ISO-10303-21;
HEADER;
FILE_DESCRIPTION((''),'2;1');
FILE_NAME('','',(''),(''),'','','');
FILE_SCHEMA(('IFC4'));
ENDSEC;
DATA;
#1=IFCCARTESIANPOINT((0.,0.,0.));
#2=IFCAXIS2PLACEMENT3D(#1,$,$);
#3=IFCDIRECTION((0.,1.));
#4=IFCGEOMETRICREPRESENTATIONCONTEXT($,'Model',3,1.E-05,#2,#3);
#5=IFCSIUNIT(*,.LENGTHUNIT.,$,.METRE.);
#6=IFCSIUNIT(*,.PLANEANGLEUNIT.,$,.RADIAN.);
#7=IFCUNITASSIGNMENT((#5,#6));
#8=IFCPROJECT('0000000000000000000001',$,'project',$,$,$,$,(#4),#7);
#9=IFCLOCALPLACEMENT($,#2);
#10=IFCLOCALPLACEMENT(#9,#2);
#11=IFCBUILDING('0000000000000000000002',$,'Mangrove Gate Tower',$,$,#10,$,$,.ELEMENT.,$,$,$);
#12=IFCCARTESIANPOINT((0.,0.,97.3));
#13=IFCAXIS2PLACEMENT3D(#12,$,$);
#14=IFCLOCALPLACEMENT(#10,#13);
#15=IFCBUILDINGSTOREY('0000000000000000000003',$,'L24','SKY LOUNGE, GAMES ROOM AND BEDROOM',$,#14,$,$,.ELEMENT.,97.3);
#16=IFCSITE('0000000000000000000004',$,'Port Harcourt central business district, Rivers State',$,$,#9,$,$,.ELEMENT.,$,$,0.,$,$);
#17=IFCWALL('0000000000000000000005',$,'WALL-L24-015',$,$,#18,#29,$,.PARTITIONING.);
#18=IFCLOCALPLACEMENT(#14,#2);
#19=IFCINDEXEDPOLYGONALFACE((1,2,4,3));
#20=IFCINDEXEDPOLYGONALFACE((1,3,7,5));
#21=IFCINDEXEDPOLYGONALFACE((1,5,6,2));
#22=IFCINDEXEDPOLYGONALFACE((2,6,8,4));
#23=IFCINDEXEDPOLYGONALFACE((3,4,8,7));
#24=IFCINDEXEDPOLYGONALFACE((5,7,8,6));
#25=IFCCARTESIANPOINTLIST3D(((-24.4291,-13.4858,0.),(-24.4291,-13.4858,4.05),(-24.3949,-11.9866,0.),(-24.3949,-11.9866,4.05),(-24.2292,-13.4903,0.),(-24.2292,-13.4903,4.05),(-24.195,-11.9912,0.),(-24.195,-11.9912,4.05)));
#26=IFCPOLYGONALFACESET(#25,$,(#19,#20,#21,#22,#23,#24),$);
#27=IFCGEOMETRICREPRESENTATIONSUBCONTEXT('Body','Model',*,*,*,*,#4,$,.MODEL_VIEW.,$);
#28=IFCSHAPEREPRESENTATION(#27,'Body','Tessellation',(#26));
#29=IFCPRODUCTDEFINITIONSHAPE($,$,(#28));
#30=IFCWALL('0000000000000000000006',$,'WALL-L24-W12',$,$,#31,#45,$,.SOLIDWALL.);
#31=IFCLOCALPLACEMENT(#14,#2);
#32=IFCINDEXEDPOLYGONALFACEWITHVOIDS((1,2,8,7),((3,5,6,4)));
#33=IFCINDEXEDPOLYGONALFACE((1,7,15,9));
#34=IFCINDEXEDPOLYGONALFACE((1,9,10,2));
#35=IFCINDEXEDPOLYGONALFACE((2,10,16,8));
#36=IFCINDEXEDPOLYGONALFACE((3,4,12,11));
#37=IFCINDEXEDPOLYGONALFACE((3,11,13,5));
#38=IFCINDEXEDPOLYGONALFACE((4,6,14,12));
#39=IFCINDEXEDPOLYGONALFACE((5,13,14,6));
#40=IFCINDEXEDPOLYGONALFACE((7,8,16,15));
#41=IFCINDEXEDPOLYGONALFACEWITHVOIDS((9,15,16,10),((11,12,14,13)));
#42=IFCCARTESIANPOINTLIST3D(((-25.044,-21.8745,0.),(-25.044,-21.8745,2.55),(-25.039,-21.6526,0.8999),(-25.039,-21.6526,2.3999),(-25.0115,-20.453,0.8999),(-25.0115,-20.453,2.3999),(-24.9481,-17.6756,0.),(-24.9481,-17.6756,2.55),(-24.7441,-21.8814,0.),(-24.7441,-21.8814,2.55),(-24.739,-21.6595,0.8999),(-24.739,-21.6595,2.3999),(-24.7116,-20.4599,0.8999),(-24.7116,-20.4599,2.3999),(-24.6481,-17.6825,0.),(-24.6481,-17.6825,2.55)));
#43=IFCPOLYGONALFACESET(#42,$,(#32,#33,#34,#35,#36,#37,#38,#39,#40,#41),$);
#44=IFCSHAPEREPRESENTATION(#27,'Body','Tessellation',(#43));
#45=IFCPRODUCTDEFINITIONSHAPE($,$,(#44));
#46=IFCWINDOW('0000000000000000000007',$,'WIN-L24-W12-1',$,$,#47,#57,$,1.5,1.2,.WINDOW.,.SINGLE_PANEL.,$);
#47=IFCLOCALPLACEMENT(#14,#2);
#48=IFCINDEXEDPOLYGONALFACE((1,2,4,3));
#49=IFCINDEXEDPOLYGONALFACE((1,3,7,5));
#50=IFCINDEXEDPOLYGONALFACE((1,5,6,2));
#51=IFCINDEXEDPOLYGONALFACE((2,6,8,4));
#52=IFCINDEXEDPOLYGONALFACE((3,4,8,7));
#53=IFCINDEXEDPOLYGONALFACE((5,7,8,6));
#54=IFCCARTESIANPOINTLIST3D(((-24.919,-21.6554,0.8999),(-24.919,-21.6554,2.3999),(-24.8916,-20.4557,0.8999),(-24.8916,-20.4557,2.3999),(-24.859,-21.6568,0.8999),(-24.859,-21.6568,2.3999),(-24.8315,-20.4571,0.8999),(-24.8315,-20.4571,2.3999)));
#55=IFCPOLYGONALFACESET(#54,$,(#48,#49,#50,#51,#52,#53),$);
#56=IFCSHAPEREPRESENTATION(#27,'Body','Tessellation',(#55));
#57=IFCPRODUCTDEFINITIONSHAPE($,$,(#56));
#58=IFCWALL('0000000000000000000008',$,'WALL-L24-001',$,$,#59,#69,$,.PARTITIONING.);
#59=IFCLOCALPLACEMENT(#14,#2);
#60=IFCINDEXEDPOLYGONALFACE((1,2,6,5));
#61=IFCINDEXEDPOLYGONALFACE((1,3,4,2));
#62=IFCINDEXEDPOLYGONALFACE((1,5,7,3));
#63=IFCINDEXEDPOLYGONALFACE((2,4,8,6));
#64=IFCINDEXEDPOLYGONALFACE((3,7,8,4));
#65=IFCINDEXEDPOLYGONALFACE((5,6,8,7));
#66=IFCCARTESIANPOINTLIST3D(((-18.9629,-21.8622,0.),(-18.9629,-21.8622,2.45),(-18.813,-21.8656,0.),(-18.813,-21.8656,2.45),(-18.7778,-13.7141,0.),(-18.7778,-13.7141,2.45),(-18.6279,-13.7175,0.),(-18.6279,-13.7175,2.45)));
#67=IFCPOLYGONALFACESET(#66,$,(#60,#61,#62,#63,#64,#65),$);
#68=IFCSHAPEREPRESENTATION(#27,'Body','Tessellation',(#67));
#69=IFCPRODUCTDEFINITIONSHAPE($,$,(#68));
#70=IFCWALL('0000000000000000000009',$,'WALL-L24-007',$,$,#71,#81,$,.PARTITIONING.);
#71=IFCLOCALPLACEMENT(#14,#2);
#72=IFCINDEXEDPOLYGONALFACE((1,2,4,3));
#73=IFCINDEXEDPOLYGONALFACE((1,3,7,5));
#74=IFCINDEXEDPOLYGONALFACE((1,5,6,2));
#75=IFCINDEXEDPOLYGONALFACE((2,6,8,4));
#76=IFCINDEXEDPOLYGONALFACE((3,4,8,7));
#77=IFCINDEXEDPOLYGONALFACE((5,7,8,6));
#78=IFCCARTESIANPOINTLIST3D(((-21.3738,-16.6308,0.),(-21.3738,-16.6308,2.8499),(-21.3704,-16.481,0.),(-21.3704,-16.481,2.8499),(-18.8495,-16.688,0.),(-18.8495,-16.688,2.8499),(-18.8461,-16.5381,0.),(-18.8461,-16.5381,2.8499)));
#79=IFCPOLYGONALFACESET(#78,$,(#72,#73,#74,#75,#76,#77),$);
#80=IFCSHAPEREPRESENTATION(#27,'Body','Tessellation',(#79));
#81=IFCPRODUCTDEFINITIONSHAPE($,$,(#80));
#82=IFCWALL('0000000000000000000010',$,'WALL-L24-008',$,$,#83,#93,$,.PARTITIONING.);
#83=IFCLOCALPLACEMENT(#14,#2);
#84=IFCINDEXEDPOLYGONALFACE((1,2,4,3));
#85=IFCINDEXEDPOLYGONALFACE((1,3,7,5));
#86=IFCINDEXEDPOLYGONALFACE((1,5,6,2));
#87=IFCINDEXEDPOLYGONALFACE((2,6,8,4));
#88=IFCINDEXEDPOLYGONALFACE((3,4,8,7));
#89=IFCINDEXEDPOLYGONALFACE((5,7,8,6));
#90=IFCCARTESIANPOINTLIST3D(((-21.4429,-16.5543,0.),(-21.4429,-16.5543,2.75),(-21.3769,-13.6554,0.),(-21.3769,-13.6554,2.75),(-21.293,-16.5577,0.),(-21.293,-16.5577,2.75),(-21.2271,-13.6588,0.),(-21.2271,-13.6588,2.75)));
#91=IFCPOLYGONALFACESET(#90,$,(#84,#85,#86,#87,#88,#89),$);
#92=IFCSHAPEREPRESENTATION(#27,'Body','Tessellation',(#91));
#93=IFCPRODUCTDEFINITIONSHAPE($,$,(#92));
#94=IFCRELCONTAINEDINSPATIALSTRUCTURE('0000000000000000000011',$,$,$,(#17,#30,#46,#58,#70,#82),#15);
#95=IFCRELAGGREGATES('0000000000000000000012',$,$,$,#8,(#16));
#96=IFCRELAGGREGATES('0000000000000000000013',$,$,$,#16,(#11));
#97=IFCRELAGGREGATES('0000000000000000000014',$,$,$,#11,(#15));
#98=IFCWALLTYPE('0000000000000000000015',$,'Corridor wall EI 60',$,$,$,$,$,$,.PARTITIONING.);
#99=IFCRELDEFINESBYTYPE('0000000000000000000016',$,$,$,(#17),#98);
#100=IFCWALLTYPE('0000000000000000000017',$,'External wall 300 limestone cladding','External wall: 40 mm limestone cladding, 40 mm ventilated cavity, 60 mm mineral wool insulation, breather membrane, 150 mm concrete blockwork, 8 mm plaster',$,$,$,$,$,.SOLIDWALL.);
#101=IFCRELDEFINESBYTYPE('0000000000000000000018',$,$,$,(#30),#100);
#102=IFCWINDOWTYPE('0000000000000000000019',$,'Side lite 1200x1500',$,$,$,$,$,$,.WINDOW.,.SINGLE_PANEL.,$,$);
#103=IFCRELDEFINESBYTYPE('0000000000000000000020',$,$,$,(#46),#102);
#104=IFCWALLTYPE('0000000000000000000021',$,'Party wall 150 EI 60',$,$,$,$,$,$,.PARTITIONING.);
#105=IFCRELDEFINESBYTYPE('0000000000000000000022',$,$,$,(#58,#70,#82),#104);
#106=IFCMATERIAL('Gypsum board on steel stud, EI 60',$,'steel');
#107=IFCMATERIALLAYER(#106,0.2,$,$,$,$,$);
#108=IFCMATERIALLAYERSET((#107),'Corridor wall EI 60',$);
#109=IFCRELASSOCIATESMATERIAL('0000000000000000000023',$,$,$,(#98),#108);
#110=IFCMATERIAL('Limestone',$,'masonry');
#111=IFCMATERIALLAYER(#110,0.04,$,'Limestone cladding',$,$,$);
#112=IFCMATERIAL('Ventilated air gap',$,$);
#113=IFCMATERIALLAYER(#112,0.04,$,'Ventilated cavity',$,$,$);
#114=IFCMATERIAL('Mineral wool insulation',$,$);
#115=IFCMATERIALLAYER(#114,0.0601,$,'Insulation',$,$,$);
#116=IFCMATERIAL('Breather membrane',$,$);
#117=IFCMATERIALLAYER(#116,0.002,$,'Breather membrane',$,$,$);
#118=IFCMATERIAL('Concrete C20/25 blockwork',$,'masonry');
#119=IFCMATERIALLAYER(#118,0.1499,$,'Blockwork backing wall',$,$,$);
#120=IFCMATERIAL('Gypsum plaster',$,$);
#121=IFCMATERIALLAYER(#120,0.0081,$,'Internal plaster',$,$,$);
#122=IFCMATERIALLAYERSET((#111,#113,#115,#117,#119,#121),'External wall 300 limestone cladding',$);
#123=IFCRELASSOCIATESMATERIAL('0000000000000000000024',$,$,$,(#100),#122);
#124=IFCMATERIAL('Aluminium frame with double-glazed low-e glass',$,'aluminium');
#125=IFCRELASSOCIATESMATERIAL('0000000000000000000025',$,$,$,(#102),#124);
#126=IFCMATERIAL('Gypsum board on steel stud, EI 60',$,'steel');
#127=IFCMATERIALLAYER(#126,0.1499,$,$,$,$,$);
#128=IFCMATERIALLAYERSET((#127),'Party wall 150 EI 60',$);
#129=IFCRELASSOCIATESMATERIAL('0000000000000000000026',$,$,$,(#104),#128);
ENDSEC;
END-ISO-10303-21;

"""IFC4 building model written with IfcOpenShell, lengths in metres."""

from ifc_helpers import new_model, si_unit, direction, frame, frame_2d, origin, place, context, subcontext, project, spatial, rectangle, extrude, material, layer, layer_set, type_object, element, fill, save


model = new_model("IFC4")

# Units and contexts
model_context = context("Model", 3, precision=1e-05, world=origin(), true_north=direction((0.0, 1.0)))
body_context = subcontext(model_context, "Body", "Model", "MODEL_VIEW")
ifc_project = project(units=[si_unit("LENGTHUNIT", "METRE"), si_unit("PLANEANGLEUNIT", "RADIAN")], contexts=[model_context])

# Site, building, storey
site_placement = place(None, origin())
site = spatial("IfcSite", under=ifc_project, at=site_placement, Name="Port Harcourt central business district, Rivers State", CompositionType="ELEMENT", RefElevation=0.0)
building_placement = place(site_placement, origin())
building = spatial("IfcBuilding", under=site, at=building_placement, Name="Mangrove Gate Tower", CompositionType="ELEMENT")
storey_placement = place(building_placement, frame((0.0, 0.0, 97.3)))
storey = spatial("IfcBuildingStorey", under=building, at=storey_placement, Name="L24", Description="SKY LOUNGE, GAMES ROOM AND BEDROOM", CompositionType="ELEMENT", Elevation=97.3)

# Shared definitions
ifc_material_1 = material(Name="Gypsum board on steel stud, EI 60", Category="steel")
ifc_layer_1 = layer(ifc_material_1, 0.2)
ifc_layer_set_1 = layer_set([ifc_layer_1], Name="Corridor wall EI 60")
wall_type_1 = type_object("IfcWallType", Name="Corridor wall EI 60", PredefinedType="PARTITIONING", material=ifc_layer_set_1)

# Wall
wall_1_placement = place(storey_placement, frame((-24.3291, -13.488, 0.0), z_axis=(0.0, 0.0, 1.0), x_axis=(0.022795, 0.99974, 0.0)))
element("IfcWall", 1, at=wall_1_placement, inside=storey, type_object=wall_type_1, Name="WALL-L24-015", PredefinedType="PARTITIONING", context=body_context, shape_type="SweptSolid", body=[
    extrude(rectangle(XDim=1.4995, YDim=0.2, at=frame_2d((0.7498, 0.0))), origin(), (0.0, 0.0, 1.0), 4.05),
])

# Wall, opening, window
ifc_material_2 = material(Name="Limestone", Category="masonry")
ifc_layer_2 = layer(ifc_material_2, 0.04, Name="Limestone cladding")
ifc_material_3 = material(Name="Ventilated air gap")
ifc_layer_3 = layer(ifc_material_3, 0.04, Name="Ventilated cavity")
ifc_material_4 = material(Name="Mineral wool insulation")
ifc_layer_4 = layer(ifc_material_4, 0.0601, Name="Insulation")
ifc_material_5 = material(Name="Breather membrane")
ifc_layer_5 = layer(ifc_material_5, 0.002, Name="Breather membrane")
ifc_material_6 = material(Name="Concrete C20/25 blockwork", Category="masonry")
ifc_layer_6 = layer(ifc_material_6, 0.1499, Name="Blockwork backing wall")
ifc_material_7 = material(Name="Gypsum plaster")
ifc_layer_7 = layer(ifc_material_7, 0.0081, Name="Internal plaster")
ifc_layer_set_2 = layer_set([ifc_layer_2, ifc_layer_3, ifc_layer_4, ifc_layer_5, ifc_layer_6, ifc_layer_7], Name="External wall 300 limestone cladding")
wall_type_2 = type_object("IfcWallType", Name="External wall 300 limestone cladding", Description="External wall: 40 mm limestone cladding, 40 mm ventilated cavity, 60 mm mineral wool insulation, breather membrane, 150 mm concrete blockwork, 8 mm plaster", PredefinedType="SOLIDWALL", material=ifc_layer_set_2)
wall_2_placement = place(storey_placement, frame((-24.7981, -17.679, 0.0), z_axis=(0.0, 0.0, 1.0), x_axis=(-0.022844, -0.999739, 0.0)))
wall_2 = element("IfcWall", 2, at=wall_2_placement, inside=storey, type_object=wall_type_2, Name="WALL-L24-W12", PredefinedType="SOLIDWALL", context=body_context, shape_type="SweptSolid", body=[
    extrude(rectangle(XDim=4.2, YDim=0.3, at=frame_2d((2.1001, 0.0))), origin(), (0.0, 0.0, 1.0), 2.55),
])
opening_1_placement = place(wall_2_placement, frame((2.7781, 0.0, 0.8999)))
opening_1 = element("IfcOpeningElement", 3, at=opening_1_placement, cuts=wall_2, PredefinedType="OPENING", context=body_context, shape_type="SweptSolid", body=[
    extrude(rectangle(XDim=1.2, YDim=1.5, at=frame_2d((0.6001, 0.75))), frame((0.0, 0.1599, 0.0), z_axis=(0.0, -1.0, 0.0), x_axis=(1.0, 0.0, 0.0)), (0.0, 0.0, 1.0), 0.3201),
])
ifc_material_8 = material(Name="Aluminium frame with double-glazed low-e glass", Category="aluminium")
window_type = type_object("IfcWindowType", Name="Side lite 1200x1500", PartitioningType="SINGLE_PANEL", PredefinedType="WINDOW", material=ifc_material_8)
window_placement = place(opening_1_placement, origin())
window = element("IfcWindow", 4, at=window_placement, inside=storey, type_object=window_type, Name="WIN-L24-W12-1", OverallHeight=1.5, OverallWidth=1.2, PartitioningType="SINGLE_PANEL", PredefinedType="WINDOW", context=body_context, shape_type="SweptSolid", body=[
    extrude(rectangle(XDim=1.2, YDim=1.5, at=frame_2d((0.6001, 0.75))), frame((0.0, 0.03, 0.0), z_axis=(0.0, -1.0, 0.0), x_axis=(1.0, 0.0, 0.0)), (0.0, 0.0, 1.0), 0.0601),
])
fill(opening_1, window)

# Walls
ifc_material_9 = material(Name="Gypsum board on steel stud, EI 60", Category="steel")
ifc_layer_8 = layer(ifc_material_9, 0.1499)
ifc_layer_set_3 = layer_set([ifc_layer_8], Name="Party wall 150 EI 60")
wall_type_3 = type_object("IfcWallType", Name="Party wall 150 EI 60", PredefinedType="PARTITIONING", material=ifc_layer_set_3)
wall_3_placement = place(storey_placement, frame((-18.8879, -21.864, 0.0), z_axis=(0.0, 0.0, 1.0), x_axis=(0.022706, 0.999742, 0.0)))
element("IfcWall", 5, at=wall_3_placement, inside=storey, type_object=wall_type_3, Name="WALL-L24-001", PredefinedType="PARTITIONING", context=body_context, shape_type="SweptSolid", body=[
    extrude(rectangle(XDim=8.1501, YDim=0.1499, at=frame_2d((4.0752, 0.0))), origin(), (0.0, 0.0, 1.0), 2.45),
])
wall_4_placement = place(storey_placement, frame((-21.3721, -16.5559, 0.0), z_axis=(0.0, 0.0, 1.0), x_axis=(0.999744, -0.022627, 0.0)))
element("IfcWall", 6, at=wall_4_placement, inside=storey, type_object=wall_type_3, Name="WALL-L24-007", PredefinedType="PARTITIONING", context=body_context, shape_type="SweptSolid", body=[
    extrude(rectangle(XDim=2.5249, YDim=0.1499, at=frame_2d((1.2625, 0.0))), origin(), (0.0, 0.0, 1.0), 2.8499),
])
wall_5_placement = place(storey_placement, frame((-21.3679, -16.5559, 0.0), z_axis=(0.0, 0.0, 1.0), x_axis=(0.022733, 0.999742, 0.0)))
element("IfcWall", 7, at=wall_5_placement, inside=storey, type_object=wall_type_3, Name="WALL-L24-008", PredefinedType="PARTITIONING", context=body_context, shape_type="SweptSolid", body=[
    extrude(rectangle(XDim=2.8997, YDim=0.1499, at=frame_2d((1.4497, 0.0))), origin(), (0.0, 0.0, 1.0), 2.75),
])

save(model, "model.ifc")
